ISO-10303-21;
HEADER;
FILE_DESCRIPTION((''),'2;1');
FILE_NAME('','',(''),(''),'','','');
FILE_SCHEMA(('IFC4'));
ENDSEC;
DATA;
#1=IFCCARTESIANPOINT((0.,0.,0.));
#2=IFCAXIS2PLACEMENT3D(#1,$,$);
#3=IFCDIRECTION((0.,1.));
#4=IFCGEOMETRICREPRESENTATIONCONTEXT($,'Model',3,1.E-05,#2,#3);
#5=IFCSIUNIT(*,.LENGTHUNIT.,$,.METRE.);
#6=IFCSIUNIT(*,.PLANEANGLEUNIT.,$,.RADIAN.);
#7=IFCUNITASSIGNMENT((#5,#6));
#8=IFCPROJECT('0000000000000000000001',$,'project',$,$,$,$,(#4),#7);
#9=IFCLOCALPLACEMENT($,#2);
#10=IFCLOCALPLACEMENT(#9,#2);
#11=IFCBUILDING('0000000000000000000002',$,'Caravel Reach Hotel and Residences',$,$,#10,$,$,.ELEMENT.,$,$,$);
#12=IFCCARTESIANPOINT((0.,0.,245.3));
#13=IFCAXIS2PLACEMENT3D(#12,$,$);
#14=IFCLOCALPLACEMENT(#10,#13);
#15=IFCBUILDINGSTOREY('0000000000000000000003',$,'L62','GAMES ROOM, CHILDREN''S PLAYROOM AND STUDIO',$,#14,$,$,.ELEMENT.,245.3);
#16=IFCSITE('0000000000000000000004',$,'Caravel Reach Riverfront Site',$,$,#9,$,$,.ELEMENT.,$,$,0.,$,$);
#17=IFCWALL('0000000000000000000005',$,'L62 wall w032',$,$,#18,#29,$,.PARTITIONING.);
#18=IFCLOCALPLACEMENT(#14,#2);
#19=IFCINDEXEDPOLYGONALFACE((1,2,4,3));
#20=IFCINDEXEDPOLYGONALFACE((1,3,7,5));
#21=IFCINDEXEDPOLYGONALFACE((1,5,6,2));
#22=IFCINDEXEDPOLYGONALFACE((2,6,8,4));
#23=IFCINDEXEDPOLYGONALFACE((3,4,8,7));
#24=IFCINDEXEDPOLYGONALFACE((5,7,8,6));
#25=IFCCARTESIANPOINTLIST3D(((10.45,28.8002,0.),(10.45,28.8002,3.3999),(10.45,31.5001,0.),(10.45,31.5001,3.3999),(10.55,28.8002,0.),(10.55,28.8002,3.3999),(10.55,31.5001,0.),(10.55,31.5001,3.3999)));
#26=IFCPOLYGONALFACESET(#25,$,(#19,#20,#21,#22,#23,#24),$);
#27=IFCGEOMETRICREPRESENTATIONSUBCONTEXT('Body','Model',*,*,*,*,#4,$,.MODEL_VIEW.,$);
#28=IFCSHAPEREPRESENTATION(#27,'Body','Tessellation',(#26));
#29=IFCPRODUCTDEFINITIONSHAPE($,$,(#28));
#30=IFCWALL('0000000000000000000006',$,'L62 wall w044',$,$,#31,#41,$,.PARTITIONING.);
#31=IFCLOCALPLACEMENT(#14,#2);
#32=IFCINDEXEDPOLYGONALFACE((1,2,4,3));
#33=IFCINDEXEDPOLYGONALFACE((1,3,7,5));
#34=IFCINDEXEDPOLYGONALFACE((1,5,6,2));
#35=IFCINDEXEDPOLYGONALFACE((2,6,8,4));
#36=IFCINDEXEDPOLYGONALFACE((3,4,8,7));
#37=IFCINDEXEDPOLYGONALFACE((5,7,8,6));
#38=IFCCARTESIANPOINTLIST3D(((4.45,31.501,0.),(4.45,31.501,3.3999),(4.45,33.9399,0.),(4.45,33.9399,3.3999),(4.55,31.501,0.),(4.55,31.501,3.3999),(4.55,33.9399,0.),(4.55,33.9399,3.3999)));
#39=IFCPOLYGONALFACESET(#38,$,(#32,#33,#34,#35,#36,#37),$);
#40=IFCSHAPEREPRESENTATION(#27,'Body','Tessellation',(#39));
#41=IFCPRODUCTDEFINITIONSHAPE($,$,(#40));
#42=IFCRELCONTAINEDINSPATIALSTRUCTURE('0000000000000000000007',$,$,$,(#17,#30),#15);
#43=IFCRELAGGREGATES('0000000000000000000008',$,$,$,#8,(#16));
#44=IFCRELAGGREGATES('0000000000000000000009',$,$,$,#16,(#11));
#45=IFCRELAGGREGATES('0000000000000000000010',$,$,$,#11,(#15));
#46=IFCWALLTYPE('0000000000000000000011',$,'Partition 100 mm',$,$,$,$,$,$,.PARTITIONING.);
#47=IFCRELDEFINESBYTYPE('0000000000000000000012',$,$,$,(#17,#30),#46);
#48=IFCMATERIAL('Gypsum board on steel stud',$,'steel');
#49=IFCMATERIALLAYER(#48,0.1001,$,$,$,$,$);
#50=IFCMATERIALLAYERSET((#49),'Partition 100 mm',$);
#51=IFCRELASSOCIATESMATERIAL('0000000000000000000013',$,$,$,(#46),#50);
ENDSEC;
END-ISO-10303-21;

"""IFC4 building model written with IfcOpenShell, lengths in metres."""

from ifc_helpers import new_model, si_unit, direction, frame, frame_2d, origin, place, context, subcontext, project, spatial, rectangle, extrude, material, layer, layer_set, type_object, element, save


model = new_model("IFC4")

# Units and contexts
model_context = context("Model", 3, precision=1e-05, world=origin(), true_north=direction((0.0, 1.0)))
body_context = subcontext(model_context, "Body", "Model", "MODEL_VIEW")
ifc_project = project(units=[si_unit("LENGTHUNIT", "METRE"), si_unit("PLANEANGLEUNIT", "RADIAN")], contexts=[model_context])

# Site, building, storey
site_placement = place(None, origin())
site = spatial("IfcSite", under=ifc_project, at=site_placement, Name="Caravel Reach Riverfront Site", CompositionType="ELEMENT", RefElevation=0.0)
building_placement = place(site_placement, origin())
building = spatial("IfcBuilding", under=site, at=building_placement, Name="Caravel Reach Hotel and Residences", CompositionType="ELEMENT")
storey_placement = place(building_placement, frame((0.0, 0.0, 245.3)))
storey = spatial("IfcBuildingStorey", under=building, at=storey_placement, Name="L62", Description="GAMES ROOM, CHILDREN'S PLAYROOM AND STUDIO", CompositionType="ELEMENT", Elevation=245.3)

# Shared definitions
ifc_material_1 = material(Name="Gypsum board on steel stud", Category="steel")
ifc_layer_1 = layer(ifc_material_1, 0.1001)
ifc_layer_set_1 = layer_set([ifc_layer_1], Name="Partition 100 mm")
wall_type_1 = type_object("IfcWallType", Name="Partition 100 mm", PredefinedType="PARTITIONING", material=ifc_layer_set_1)

# Walls
wall_1_placement = place(storey_placement, frame((10.5, 28.8, 0.0), z_axis=(0.0, 0.0, 1.0), x_axis=(0.0, 1.0, 0.0)))
element("IfcWall", 1, at=wall_1_placement, inside=storey, type_object=wall_type_1, Name="L62 wall w032", PredefinedType="PARTITIONING", context=body_context, shape_type="SweptSolid", body=[
    extrude(rectangle(XDim=2.7, YDim=0.1001, at=frame_2d((1.3501, 0.0))), origin(), (0.0, 0.0, 1.0), 3.3999),
])
wall_2_placement = place(storey_placement, frame((4.5, 31.501, 0.0), z_axis=(0.0, 0.0, 1.0), x_axis=(0.0, 1.0, 0.0)))
element("IfcWall", 2, at=wall_2_placement, inside=storey, type_object=wall_type_1, Name="L62 wall w044", PredefinedType="PARTITIONING", context=body_context, shape_type="SweptSolid", body=[
    extrude(rectangle(XDim=2.439, YDim=0.1001, at=frame_2d((1.2195, 0.0))), origin(), (0.0, 0.0, 1.0), 3.3999),
])

save(model, "model.ifc")
